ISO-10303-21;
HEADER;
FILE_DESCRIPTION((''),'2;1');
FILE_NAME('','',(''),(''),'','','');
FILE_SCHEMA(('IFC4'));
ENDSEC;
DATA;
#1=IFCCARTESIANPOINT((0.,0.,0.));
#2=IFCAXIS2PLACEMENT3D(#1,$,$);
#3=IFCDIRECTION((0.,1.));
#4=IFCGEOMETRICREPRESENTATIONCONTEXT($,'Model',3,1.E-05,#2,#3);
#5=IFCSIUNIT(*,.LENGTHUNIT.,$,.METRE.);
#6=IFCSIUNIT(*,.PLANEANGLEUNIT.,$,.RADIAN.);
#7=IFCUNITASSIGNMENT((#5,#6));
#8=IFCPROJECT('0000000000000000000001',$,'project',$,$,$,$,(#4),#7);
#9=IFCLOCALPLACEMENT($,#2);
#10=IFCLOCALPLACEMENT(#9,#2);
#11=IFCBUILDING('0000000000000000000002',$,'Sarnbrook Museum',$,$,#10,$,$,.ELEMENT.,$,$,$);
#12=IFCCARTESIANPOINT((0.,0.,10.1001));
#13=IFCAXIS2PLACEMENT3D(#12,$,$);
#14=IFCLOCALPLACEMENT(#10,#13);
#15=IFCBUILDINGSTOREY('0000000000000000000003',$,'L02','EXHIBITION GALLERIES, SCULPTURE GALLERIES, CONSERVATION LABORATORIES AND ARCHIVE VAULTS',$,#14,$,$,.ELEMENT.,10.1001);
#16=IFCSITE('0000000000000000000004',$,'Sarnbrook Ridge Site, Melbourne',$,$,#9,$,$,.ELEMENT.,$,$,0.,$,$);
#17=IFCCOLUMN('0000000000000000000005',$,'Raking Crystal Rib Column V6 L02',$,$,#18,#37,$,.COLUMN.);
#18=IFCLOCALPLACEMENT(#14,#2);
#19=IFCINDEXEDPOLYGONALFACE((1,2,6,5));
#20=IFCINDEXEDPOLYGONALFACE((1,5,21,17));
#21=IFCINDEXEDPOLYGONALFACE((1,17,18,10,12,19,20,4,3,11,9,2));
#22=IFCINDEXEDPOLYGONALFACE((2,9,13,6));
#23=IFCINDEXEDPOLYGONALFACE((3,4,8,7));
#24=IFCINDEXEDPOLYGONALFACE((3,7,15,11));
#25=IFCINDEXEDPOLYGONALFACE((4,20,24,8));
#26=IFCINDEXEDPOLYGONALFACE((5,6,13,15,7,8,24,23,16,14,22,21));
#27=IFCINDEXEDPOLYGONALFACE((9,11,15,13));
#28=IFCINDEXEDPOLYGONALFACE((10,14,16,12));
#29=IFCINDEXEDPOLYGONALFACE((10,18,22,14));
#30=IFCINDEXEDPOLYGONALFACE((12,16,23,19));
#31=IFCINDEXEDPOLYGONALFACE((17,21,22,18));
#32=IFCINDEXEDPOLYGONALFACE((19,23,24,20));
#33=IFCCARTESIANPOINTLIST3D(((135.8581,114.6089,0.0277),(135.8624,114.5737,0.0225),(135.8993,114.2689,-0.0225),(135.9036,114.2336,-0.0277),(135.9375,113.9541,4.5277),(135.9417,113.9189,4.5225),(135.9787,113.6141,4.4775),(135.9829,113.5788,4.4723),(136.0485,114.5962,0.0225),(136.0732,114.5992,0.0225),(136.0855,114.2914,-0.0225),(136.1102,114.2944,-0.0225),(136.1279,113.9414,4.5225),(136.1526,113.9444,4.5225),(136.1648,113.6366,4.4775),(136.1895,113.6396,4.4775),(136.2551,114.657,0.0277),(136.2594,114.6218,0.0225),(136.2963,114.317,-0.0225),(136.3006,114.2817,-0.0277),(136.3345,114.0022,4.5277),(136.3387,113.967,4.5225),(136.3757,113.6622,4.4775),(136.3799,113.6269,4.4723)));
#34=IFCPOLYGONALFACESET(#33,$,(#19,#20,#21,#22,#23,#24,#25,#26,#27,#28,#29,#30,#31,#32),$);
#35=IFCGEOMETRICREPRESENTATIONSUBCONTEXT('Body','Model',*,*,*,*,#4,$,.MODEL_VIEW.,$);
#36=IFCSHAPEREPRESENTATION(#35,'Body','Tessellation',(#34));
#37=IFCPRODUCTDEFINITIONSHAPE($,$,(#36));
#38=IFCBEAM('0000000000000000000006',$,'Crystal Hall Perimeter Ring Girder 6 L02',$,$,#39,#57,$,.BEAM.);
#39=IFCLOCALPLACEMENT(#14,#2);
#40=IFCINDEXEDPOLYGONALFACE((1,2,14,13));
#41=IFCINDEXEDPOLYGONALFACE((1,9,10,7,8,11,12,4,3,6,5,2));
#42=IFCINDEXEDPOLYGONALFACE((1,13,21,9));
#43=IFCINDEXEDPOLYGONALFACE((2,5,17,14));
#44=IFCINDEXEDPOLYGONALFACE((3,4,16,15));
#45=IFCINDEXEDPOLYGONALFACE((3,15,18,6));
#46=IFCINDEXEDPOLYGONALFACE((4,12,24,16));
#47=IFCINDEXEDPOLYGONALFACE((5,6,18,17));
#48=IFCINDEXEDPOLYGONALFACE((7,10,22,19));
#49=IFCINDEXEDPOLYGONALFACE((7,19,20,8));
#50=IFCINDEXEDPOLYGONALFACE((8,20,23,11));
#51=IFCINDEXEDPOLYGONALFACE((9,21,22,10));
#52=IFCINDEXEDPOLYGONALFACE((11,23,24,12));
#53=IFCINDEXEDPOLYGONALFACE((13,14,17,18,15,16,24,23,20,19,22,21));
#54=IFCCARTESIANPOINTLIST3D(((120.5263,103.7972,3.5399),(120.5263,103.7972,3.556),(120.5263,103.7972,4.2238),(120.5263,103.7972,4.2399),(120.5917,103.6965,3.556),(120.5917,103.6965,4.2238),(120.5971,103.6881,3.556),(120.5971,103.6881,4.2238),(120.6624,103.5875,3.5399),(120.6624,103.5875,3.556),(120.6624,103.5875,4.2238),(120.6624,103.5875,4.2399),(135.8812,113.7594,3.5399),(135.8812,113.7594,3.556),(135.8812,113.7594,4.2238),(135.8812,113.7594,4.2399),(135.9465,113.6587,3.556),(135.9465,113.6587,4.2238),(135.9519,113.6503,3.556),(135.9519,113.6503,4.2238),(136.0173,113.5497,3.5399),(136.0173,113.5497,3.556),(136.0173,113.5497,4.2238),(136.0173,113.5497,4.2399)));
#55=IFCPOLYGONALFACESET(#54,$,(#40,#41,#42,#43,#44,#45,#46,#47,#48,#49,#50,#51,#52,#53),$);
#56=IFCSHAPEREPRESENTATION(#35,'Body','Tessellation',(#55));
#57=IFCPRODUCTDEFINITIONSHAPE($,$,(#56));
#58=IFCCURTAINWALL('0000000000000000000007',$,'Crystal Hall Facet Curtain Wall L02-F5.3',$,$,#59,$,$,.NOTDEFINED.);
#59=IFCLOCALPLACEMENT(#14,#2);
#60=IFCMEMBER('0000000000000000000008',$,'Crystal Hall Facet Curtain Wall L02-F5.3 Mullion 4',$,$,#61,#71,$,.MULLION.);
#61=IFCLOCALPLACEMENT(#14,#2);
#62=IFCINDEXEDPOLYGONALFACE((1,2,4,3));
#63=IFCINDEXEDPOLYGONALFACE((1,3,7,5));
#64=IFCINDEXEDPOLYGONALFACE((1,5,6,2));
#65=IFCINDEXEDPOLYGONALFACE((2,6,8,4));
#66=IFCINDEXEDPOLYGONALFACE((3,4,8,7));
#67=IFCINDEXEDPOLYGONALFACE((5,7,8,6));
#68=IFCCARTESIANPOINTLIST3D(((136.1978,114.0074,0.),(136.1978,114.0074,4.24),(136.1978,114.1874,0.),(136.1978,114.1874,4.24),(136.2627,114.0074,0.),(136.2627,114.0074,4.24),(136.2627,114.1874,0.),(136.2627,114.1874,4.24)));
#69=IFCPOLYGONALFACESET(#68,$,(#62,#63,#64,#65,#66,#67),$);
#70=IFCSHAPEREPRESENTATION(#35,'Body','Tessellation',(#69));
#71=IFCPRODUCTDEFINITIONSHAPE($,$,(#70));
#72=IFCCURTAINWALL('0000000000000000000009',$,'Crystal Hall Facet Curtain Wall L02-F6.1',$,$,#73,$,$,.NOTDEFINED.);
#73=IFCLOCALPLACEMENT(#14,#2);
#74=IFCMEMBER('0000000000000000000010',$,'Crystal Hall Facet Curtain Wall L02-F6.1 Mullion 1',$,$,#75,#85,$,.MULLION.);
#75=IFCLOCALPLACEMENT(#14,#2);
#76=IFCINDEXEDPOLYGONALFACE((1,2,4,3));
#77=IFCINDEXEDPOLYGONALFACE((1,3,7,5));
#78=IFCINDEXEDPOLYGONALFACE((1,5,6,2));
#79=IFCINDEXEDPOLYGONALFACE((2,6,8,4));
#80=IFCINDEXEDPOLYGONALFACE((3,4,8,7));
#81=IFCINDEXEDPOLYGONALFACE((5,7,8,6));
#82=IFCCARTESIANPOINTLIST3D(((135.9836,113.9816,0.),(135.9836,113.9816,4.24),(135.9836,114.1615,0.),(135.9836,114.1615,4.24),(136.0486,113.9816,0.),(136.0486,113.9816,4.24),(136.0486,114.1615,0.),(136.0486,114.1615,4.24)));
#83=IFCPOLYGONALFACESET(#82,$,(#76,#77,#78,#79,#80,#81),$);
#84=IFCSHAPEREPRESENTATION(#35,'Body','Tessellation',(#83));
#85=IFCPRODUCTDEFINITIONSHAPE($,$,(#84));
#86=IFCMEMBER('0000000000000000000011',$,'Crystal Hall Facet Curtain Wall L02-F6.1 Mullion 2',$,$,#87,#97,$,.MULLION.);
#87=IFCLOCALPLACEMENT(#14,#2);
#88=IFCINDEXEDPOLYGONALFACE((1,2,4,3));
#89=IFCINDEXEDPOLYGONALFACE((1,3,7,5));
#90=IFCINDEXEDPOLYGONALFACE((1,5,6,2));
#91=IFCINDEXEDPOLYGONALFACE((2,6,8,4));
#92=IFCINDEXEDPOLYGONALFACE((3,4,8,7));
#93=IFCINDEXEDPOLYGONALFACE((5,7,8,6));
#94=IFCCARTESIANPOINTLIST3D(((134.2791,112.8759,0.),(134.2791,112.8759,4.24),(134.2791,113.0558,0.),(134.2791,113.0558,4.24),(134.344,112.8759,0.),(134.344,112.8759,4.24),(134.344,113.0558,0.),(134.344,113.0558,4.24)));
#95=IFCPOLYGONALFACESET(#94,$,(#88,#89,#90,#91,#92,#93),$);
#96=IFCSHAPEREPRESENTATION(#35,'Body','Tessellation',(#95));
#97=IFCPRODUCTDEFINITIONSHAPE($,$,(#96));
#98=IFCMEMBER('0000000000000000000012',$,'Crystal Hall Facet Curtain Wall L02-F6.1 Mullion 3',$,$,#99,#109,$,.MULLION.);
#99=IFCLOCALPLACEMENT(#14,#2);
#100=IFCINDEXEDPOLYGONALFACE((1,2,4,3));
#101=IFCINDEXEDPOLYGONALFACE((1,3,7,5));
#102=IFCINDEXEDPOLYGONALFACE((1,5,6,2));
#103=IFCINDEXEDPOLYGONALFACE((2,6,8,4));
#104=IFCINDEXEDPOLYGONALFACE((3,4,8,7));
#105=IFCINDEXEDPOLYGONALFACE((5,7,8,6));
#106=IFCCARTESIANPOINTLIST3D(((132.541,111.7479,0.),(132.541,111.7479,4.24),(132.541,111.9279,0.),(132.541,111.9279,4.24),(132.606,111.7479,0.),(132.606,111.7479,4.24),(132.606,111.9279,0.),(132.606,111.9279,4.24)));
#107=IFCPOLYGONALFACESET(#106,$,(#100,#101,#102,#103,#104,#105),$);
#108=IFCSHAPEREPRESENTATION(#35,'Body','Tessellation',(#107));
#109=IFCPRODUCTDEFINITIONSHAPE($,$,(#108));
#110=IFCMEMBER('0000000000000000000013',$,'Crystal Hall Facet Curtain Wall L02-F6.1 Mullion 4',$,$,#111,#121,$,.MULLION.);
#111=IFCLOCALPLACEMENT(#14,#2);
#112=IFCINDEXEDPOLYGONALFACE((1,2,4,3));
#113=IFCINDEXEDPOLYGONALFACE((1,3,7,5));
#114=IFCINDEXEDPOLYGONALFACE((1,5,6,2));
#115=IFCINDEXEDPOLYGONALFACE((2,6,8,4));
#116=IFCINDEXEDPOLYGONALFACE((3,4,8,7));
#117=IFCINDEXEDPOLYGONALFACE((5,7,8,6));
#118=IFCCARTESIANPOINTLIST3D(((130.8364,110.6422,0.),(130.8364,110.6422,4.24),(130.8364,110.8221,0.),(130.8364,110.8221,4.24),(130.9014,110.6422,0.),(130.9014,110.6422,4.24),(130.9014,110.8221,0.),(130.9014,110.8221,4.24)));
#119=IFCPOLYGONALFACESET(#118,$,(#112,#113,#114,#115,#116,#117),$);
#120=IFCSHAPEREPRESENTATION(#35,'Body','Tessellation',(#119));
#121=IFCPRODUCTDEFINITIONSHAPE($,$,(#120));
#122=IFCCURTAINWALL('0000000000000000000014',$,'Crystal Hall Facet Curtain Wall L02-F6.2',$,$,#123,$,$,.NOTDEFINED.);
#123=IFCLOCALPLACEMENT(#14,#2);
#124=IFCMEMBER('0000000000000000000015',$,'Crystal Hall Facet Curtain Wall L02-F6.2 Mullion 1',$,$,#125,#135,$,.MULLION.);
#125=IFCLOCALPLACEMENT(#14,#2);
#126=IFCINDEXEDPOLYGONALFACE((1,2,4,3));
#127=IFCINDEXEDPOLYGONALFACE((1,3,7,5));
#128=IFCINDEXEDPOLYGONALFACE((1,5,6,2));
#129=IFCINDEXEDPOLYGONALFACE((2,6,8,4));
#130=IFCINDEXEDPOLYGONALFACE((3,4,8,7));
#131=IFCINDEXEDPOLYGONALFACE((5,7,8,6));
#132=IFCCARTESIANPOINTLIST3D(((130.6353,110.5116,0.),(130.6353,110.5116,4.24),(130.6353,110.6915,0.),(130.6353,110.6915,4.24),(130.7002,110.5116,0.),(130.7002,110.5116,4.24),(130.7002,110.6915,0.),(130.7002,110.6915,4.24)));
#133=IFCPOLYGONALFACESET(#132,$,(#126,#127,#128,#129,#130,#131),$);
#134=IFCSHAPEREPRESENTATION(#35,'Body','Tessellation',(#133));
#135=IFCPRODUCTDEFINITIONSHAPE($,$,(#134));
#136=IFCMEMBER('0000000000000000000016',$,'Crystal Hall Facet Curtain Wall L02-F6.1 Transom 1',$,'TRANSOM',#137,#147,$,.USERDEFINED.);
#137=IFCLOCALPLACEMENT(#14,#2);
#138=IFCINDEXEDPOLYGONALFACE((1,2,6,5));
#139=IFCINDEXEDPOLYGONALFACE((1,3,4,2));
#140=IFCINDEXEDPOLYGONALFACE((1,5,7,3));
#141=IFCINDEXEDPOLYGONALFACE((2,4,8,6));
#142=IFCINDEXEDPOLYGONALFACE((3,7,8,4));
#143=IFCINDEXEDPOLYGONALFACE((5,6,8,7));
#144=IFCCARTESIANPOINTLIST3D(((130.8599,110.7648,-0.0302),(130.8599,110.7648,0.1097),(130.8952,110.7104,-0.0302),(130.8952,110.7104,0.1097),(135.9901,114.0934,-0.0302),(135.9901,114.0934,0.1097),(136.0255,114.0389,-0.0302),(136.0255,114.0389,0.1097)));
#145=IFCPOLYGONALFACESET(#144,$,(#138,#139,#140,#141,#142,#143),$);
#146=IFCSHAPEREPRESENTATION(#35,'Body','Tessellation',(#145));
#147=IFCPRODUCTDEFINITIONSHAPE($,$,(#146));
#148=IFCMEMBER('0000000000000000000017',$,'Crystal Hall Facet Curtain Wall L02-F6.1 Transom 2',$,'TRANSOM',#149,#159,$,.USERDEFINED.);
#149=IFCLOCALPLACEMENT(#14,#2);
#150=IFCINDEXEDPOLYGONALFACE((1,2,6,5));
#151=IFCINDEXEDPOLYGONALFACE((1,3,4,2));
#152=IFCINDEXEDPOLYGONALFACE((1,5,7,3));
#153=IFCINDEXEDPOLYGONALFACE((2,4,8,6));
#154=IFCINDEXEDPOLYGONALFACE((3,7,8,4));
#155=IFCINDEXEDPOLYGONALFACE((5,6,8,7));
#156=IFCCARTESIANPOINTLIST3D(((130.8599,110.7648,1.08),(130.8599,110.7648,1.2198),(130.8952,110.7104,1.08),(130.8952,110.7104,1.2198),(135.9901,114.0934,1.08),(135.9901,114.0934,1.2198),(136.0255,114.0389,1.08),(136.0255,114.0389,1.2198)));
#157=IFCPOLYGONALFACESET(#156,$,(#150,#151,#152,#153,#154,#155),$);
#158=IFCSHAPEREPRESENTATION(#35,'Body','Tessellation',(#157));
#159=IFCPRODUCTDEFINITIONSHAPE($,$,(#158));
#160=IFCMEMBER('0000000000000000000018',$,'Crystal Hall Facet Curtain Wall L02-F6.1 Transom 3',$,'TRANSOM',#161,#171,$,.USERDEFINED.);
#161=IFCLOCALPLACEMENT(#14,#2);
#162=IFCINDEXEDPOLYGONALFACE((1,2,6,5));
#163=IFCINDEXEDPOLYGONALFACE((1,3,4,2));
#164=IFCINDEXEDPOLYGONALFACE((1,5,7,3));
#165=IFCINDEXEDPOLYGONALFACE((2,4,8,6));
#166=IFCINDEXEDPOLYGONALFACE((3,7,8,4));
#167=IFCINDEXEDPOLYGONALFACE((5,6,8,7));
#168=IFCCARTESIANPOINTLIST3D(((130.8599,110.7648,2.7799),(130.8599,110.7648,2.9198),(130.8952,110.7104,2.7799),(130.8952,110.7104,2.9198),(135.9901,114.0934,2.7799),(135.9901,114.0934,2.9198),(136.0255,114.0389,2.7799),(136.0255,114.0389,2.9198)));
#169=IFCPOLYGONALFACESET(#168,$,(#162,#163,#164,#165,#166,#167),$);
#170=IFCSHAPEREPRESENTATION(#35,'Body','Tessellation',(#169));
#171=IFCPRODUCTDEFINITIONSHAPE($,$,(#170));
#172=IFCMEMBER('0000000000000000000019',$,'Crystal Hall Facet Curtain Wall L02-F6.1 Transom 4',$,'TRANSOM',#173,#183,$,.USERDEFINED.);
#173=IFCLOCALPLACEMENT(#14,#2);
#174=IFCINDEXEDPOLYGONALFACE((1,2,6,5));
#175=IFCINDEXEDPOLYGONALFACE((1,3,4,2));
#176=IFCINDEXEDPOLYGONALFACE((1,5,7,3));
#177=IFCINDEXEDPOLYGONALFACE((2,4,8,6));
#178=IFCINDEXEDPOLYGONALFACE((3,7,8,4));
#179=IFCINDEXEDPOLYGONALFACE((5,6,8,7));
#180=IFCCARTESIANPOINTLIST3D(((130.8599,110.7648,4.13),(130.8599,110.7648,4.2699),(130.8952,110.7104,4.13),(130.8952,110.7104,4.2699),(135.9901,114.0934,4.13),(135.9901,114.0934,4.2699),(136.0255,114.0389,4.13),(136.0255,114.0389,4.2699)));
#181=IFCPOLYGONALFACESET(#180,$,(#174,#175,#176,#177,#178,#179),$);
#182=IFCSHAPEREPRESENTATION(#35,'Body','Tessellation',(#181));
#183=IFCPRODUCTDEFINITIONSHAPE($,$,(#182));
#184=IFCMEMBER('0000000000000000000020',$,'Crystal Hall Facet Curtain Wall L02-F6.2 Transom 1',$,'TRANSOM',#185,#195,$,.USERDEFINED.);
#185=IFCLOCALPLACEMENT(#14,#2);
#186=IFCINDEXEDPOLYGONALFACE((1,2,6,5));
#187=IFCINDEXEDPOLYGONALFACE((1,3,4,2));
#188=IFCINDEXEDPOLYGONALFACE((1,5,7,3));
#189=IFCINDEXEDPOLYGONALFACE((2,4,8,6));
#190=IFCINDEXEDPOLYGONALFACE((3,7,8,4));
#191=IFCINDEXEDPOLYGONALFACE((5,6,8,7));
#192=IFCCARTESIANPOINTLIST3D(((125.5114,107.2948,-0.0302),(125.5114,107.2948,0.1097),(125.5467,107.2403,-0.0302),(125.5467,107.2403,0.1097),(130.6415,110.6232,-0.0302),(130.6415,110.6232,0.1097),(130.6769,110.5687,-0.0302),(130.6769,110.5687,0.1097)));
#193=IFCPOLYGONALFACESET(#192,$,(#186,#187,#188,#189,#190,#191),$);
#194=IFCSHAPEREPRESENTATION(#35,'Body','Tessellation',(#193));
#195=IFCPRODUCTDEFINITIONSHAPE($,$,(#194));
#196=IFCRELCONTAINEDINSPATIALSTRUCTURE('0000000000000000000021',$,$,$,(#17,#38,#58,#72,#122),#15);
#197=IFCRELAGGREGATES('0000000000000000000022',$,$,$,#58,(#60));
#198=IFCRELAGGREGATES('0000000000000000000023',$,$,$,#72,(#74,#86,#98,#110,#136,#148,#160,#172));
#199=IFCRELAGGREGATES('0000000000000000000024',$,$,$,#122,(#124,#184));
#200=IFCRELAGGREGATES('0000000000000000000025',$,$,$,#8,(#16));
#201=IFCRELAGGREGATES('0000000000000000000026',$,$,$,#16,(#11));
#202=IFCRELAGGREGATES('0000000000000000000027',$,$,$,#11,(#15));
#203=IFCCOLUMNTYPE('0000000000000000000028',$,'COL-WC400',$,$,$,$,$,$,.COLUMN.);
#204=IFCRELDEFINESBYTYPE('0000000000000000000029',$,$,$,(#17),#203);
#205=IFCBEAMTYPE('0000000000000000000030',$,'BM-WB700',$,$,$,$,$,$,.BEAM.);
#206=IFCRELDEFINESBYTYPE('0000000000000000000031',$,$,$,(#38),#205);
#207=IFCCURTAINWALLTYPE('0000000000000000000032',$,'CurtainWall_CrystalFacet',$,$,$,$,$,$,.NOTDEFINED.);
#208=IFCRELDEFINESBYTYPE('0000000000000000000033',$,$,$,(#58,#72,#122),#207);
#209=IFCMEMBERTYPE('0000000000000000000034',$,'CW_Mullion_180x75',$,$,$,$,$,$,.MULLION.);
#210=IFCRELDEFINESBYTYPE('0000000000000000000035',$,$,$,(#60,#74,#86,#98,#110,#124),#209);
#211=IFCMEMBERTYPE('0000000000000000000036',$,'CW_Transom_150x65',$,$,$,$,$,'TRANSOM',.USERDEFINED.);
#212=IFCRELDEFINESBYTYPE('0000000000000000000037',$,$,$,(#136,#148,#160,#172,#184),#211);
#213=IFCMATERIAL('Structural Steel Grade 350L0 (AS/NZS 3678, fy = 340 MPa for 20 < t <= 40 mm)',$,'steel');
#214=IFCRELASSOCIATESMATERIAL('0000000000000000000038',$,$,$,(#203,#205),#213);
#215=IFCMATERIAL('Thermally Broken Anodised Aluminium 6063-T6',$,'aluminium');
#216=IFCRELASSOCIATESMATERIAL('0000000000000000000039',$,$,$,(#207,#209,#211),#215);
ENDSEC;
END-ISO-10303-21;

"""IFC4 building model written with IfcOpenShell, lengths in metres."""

from ifc_helpers import new_model, si_unit, direction, frame, origin, origin_2d, place, context, subcontext, project, spatial, rectangle, i_section, extrude, material, material_profile, profile_set, type_object, element, aggregate, save


model = new_model("IFC4")

# Units and contexts
model_context = context("Model", 3, precision=1e-05, world=origin(), true_north=direction((0.0, 1.0)))
body_context = subcontext(model_context, "Body", "Model", "MODEL_VIEW")
ifc_project = project(units=[si_unit("LENGTHUNIT", "METRE"), si_unit("PLANEANGLEUNIT", "RADIAN")], contexts=[model_context])

# Site, building, storey
site_placement = place(None, origin())
site = spatial("IfcSite", under=ifc_project, at=site_placement, Name="Sarnbrook Ridge Site, Melbourne", CompositionType="ELEMENT", RefElevation=0.0)
building_placement = place(site_placement, origin())
building = spatial("IfcBuilding", under=site, at=building_placement, Name="Sarnbrook Museum", CompositionType="ELEMENT")
storey_placement = place(building_placement, frame((0.0, 0.0, 10.1001)))
storey = spatial("IfcBuildingStorey", under=building, at=storey_placement, Name="L02", Description="EXHIBITION GALLERIES, SCULPTURE GALLERIES, CONSERVATION LABORATORIES AND ARCHIVE VAULTS", CompositionType="ELEMENT", Elevation=10.1001)

# Column
ifc_material_1 = material(Name="Structural Steel Grade 350L0 (AS/NZS 3678, fy = 340 MPa for 20 < t <= 40 mm)", Category="steel")
ifc_material_profile_1 = material_profile(ifc_material_1, i_section(OverallWidth=0.3999, OverallDepth=0.3821, WebThickness=0.0249, FlangeThickness=0.0359, at=origin_2d()), Name="400WC270")
ifc_profile_set_1 = profile_set([ifc_material_profile_1], Name="Structural Steel Grade 350L0 (AS/NZS 3678, fy = 340 MPa for 20 < t <= 40 mm)")
column_type = type_object("IfcColumnType", Name="COL-WC400", PredefinedType="COLUMN", material=ifc_profile_set_1)
column_placement = place(storey_placement, frame((136.0793, 114.4453, 0.0), z_axis=(0.017446, -0.14397, 0.989428), x_axis=(0.992738, 0.120298, 0.0)))
element("IfcColumn", 1, at=column_placement, inside=storey, type_object=column_type, Name="Raking Crystal Rib Column V6 L02", PredefinedType="COLUMN", context=body_context, shape_type="SweptSolid", body=[
    extrude(i_section(OverallWidth=0.3999, OverallDepth=0.3821, WebThickness=0.0249, FlangeThickness=0.0359, at=origin_2d()), origin(), (0.0, 0.0, 1.0), 4.5481),
])

# Beam
ifc_material_profile_2 = material_profile(ifc_material_1, i_section(OverallWidth=0.25, OverallDepth=0.7, WebThickness=0.01, FlangeThickness=0.0161, at=origin_2d()), Name="700WB130")
ifc_profile_set_2 = profile_set([ifc_material_profile_2], Name="Structural Steel Grade 350L0 (AS/NZS 3678, fy = 340 MPa for 20 < t <= 40 mm)")
beam_type = type_object("IfcBeamType", Name="BM-WB700", PredefinedType="BEAM", material=ifc_profile_set_2)
beam_placement = place(storey_placement, frame((135.9492, 113.6545, 3.8899), z_axis=(-0.838903, -0.544281, 0.0), x_axis=(0.544281, -0.838903, 0.0)))
element("IfcBeam", 2, at=beam_placement, inside=storey, type_object=beam_type, Name="Crystal Hall Perimeter Ring Girder 6 L02", PredefinedType="BEAM", context=body_context, shape_type="SweptSolid", body=[
    extrude(i_section(OverallWidth=0.25, OverallDepth=0.7, WebThickness=0.01, FlangeThickness=0.0161, at=origin_2d()), origin(), (0.0, 0.0, 1.0), 18.3035),
])

# Curtain wall, member
ifc_material_2 = material(Name="Thermally Broken Anodised Aluminium 6063-T6", Category="aluminium")
curtain_wall_type = type_object("IfcCurtainWallType", Name="CurtainWall_CrystalFacet", PredefinedType="NOTDEFINED", material=ifc_material_2)
curtain_wall_1_placement = place(storey_placement, origin())
curtain_wall_1 = element("IfcCurtainWall", 3, at=curtain_wall_1_placement, inside=storey, type_object=curtain_wall_type, Name="Crystal Hall Facet Curtain Wall L02-F5.3", PredefinedType="NOTDEFINED")
ifc_material_profile_3 = material_profile(ifc_material_2, rectangle(XDim=0.0649, YDim=0.1799, at=origin_2d()), Name="ALU MULLION 65x180")
ifc_profile_set_3 = profile_set([ifc_material_profile_3], Name="Thermally Broken Anodised Aluminium 6063-T6")
member_type_1 = type_object("IfcMemberType", Name="CW_Mullion_180x75", PredefinedType="MULLION", material=ifc_profile_set_3)
member_1_placement = place(storey_placement, frame((136.2302, 114.0974, 0.0), z_axis=(0.0, 0.0, 1.0), x_axis=(1.0, 0.0, 0.0)))
member_1 = element("IfcMember", 4, at=member_1_placement, type_object=member_type_1, Name="Crystal Hall Facet Curtain Wall L02-F5.3 Mullion 4", PredefinedType="MULLION", context=body_context, shape_type="SweptSolid", body=[
    extrude(rectangle(XDim=0.0649, YDim=0.1799, at=origin_2d()), origin(), (0.0, 0.0, 1.0), 4.24),
])
aggregate(curtain_wall_1, [member_1])

# Curtain wall, members
curtain_wall_2_placement = place(storey_placement, origin())
curtain_wall_2 = element("IfcCurtainWall", 5, at=curtain_wall_2_placement, inside=storey, type_object=curtain_wall_type, Name="Crystal Hall Facet Curtain Wall L02-F6.1", PredefinedType="NOTDEFINED")
member_2_placement = place(storey_placement, frame((136.0161, 114.0715, 0.0), z_axis=(0.0, 0.0, 1.0), x_axis=(1.0, 0.0, 0.0)))
member_2 = element("IfcMember", 6, at=member_2_placement, type_object=member_type_1, Name="Crystal Hall Facet Curtain Wall L02-F6.1 Mullion 1", PredefinedType="MULLION", context=body_context, shape_type="SweptSolid", body=[
    extrude(rectangle(XDim=0.0649, YDim=0.1799, at=origin_2d()), origin(), (0.0, 0.0, 1.0), 4.24),
])
member_3_placement = place(storey_placement, frame((134.3115, 112.9658, 0.0), z_axis=(0.0, 0.0, 1.0), x_axis=(1.0, 0.0, 0.0)))
member_3 = element("IfcMember", 7, at=member_3_placement, type_object=member_type_1, Name="Crystal Hall Facet Curtain Wall L02-F6.1 Mullion 2", PredefinedType="MULLION", context=body_context, shape_type="SweptSolid", body=[
    extrude(rectangle(XDim=0.0649, YDim=0.1799, at=origin_2d()), origin(), (0.0, 0.0, 1.0), 4.24),
])
member_4_placement = place(storey_placement, frame((132.5735, 111.8379, 0.0), z_axis=(0.0, 0.0, 1.0), x_axis=(1.0, 0.0, 0.0)))
member_4 = element("IfcMember", 8, at=member_4_placement, type_object=member_type_1, Name="Crystal Hall Facet Curtain Wall L02-F6.1 Mullion 3", PredefinedType="MULLION", context=body_context, shape_type="SweptSolid", body=[
    extrude(rectangle(XDim=0.0649, YDim=0.1799, at=origin_2d()), origin(), (0.0, 0.0, 1.0), 4.24),
])
member_5_placement = place(storey_placement, frame((130.8689, 110.7322, 0.0), z_axis=(0.0, 0.0, 1.0), x_axis=(1.0, 0.0, 0.0)))
member_5 = element("IfcMember", 9, at=member_5_placement, type_object=member_type_1, Name="Crystal Hall Facet Curtain Wall L02-F6.1 Mullion 4", PredefinedType="MULLION", context=body_context, shape_type="SweptSolid", body=[
    extrude(rectangle(XDim=0.0649, YDim=0.1799, at=origin_2d()), origin(), (0.0, 0.0, 1.0), 4.24),
])

# Curtain wall, member
curtain_wall_3_placement = place(storey_placement, origin())
curtain_wall_3 = element("IfcCurtainWall", 10, at=curtain_wall_3_placement, inside=storey, type_object=curtain_wall_type, Name="Crystal Hall Facet Curtain Wall L02-F6.2", PredefinedType="NOTDEFINED")
member_6_placement = place(storey_placement, frame((130.6677, 110.6016, 0.0), z_axis=(0.0, 0.0, 1.0), x_axis=(1.0, 0.0, 0.0)))
member_6 = element("IfcMember", 11, at=member_6_placement, type_object=member_type_1, Name="Crystal Hall Facet Curtain Wall L02-F6.2 Mullion 1", PredefinedType="MULLION", context=body_context, shape_type="SweptSolid", body=[
    extrude(rectangle(XDim=0.0649, YDim=0.1799, at=origin_2d()), origin(), (0.0, 0.0, 1.0), 4.24),
])

# Members
ifc_material_profile_4 = material_profile(ifc_material_2, rectangle(XDim=0.0649, YDim=0.1399, at=origin_2d()), Name="ALU TRANSOM 65x140")
ifc_profile_set_4 = profile_set([ifc_material_profile_4], Name="Thermally Broken Anodised Aluminium 6063-T6")
member_type_2 = type_object("IfcMemberType", Name="CW_Transom_150x65", ElementType="TRANSOM", PredefinedType="USERDEFINED", material=ifc_profile_set_4)
member_7_placement = place(storey_placement, frame((136.0078, 114.0662, 0.0398), z_axis=(-0.838901, -0.544284, 0.0), x_axis=(0.544284, -0.838901, 0.0)))
member_7 = element("IfcMember", 12, at=member_7_placement, type_object=member_type_2, Name="Crystal Hall Facet Curtain Wall L02-F6.1 Transom 1", ObjectType="TRANSOM", PredefinedType="USERDEFINED", context=body_context, shape_type="SweptSolid", body=[
    extrude(rectangle(XDim=0.0649, YDim=0.1399, at=origin_2d()), origin(), (0.0, 0.0, 1.0), 6.1155),
])
member_8_placement = place(storey_placement, frame((136.0078, 114.0662, 1.1499), z_axis=(-0.838901, -0.544284, 0.0), x_axis=(0.544284, -0.838901, 0.0)))
member_8 = element("IfcMember", 13, at=member_8_placement, type_object=member_type_2, Name="Crystal Hall Facet Curtain Wall L02-F6.1 Transom 2", ObjectType="TRANSOM", PredefinedType="USERDEFINED", context=body_context, shape_type="SweptSolid", body=[
    extrude(rectangle(XDim=0.0649, YDim=0.1399, at=origin_2d()), origin(), (0.0, 0.0, 1.0), 6.1155),
])
member_9_placement = place(storey_placement, frame((136.0078, 114.0662, 2.8499), z_axis=(-0.838901, -0.544284, 0.0), x_axis=(0.544284, -0.838901, 0.0)))
member_9 = element("IfcMember", 14, at=member_9_placement, type_object=member_type_2, Name="Crystal Hall Facet Curtain Wall L02-F6.1 Transom 3", ObjectType="TRANSOM", PredefinedType="USERDEFINED", context=body_context, shape_type="SweptSolid", body=[
    extrude(rectangle(XDim=0.0649, YDim=0.1399, at=origin_2d()), origin(), (0.0, 0.0, 1.0), 6.1155),
])
member_10_placement = place(storey_placement, frame((136.0078, 114.0662, 4.2), z_axis=(-0.838901, -0.544284, 0.0), x_axis=(0.544284, -0.838901, 0.0)))
member_10 = element("IfcMember", 15, at=member_10_placement, type_object=member_type_2, Name="Crystal Hall Facet Curtain Wall L02-F6.1 Transom 4", ObjectType="TRANSOM", PredefinedType="USERDEFINED", context=body_context, shape_type="SweptSolid", body=[
    extrude(rectangle(XDim=0.0649, YDim=0.1399, at=origin_2d()), origin(), (0.0, 0.0, 1.0), 6.1155),
])
member_11_placement = place(storey_placement, frame((130.6592, 110.5959, 0.0398), z_axis=(-0.838908, -0.544274, 0.0), x_axis=(0.544274, -0.838908, 0.0)))
member_11 = element("IfcMember", 16, at=member_11_placement, type_object=member_type_2, Name="Crystal Hall Facet Curtain Wall L02-F6.2 Transom 1", ObjectType="TRANSOM", PredefinedType="USERDEFINED", context=body_context, shape_type="SweptSolid", body=[
    extrude(rectangle(XDim=0.0649, YDim=0.1399, at=origin_2d()), origin(), (0.0, 0.0, 1.0), 6.1152),
])

aggregate(curtain_wall_2, [member_2, member_3, member_4, member_5, member_7, member_8, member_9, member_10])
aggregate(curtain_wall_3, [member_6, member_11])

save(model, "model.ifc")
